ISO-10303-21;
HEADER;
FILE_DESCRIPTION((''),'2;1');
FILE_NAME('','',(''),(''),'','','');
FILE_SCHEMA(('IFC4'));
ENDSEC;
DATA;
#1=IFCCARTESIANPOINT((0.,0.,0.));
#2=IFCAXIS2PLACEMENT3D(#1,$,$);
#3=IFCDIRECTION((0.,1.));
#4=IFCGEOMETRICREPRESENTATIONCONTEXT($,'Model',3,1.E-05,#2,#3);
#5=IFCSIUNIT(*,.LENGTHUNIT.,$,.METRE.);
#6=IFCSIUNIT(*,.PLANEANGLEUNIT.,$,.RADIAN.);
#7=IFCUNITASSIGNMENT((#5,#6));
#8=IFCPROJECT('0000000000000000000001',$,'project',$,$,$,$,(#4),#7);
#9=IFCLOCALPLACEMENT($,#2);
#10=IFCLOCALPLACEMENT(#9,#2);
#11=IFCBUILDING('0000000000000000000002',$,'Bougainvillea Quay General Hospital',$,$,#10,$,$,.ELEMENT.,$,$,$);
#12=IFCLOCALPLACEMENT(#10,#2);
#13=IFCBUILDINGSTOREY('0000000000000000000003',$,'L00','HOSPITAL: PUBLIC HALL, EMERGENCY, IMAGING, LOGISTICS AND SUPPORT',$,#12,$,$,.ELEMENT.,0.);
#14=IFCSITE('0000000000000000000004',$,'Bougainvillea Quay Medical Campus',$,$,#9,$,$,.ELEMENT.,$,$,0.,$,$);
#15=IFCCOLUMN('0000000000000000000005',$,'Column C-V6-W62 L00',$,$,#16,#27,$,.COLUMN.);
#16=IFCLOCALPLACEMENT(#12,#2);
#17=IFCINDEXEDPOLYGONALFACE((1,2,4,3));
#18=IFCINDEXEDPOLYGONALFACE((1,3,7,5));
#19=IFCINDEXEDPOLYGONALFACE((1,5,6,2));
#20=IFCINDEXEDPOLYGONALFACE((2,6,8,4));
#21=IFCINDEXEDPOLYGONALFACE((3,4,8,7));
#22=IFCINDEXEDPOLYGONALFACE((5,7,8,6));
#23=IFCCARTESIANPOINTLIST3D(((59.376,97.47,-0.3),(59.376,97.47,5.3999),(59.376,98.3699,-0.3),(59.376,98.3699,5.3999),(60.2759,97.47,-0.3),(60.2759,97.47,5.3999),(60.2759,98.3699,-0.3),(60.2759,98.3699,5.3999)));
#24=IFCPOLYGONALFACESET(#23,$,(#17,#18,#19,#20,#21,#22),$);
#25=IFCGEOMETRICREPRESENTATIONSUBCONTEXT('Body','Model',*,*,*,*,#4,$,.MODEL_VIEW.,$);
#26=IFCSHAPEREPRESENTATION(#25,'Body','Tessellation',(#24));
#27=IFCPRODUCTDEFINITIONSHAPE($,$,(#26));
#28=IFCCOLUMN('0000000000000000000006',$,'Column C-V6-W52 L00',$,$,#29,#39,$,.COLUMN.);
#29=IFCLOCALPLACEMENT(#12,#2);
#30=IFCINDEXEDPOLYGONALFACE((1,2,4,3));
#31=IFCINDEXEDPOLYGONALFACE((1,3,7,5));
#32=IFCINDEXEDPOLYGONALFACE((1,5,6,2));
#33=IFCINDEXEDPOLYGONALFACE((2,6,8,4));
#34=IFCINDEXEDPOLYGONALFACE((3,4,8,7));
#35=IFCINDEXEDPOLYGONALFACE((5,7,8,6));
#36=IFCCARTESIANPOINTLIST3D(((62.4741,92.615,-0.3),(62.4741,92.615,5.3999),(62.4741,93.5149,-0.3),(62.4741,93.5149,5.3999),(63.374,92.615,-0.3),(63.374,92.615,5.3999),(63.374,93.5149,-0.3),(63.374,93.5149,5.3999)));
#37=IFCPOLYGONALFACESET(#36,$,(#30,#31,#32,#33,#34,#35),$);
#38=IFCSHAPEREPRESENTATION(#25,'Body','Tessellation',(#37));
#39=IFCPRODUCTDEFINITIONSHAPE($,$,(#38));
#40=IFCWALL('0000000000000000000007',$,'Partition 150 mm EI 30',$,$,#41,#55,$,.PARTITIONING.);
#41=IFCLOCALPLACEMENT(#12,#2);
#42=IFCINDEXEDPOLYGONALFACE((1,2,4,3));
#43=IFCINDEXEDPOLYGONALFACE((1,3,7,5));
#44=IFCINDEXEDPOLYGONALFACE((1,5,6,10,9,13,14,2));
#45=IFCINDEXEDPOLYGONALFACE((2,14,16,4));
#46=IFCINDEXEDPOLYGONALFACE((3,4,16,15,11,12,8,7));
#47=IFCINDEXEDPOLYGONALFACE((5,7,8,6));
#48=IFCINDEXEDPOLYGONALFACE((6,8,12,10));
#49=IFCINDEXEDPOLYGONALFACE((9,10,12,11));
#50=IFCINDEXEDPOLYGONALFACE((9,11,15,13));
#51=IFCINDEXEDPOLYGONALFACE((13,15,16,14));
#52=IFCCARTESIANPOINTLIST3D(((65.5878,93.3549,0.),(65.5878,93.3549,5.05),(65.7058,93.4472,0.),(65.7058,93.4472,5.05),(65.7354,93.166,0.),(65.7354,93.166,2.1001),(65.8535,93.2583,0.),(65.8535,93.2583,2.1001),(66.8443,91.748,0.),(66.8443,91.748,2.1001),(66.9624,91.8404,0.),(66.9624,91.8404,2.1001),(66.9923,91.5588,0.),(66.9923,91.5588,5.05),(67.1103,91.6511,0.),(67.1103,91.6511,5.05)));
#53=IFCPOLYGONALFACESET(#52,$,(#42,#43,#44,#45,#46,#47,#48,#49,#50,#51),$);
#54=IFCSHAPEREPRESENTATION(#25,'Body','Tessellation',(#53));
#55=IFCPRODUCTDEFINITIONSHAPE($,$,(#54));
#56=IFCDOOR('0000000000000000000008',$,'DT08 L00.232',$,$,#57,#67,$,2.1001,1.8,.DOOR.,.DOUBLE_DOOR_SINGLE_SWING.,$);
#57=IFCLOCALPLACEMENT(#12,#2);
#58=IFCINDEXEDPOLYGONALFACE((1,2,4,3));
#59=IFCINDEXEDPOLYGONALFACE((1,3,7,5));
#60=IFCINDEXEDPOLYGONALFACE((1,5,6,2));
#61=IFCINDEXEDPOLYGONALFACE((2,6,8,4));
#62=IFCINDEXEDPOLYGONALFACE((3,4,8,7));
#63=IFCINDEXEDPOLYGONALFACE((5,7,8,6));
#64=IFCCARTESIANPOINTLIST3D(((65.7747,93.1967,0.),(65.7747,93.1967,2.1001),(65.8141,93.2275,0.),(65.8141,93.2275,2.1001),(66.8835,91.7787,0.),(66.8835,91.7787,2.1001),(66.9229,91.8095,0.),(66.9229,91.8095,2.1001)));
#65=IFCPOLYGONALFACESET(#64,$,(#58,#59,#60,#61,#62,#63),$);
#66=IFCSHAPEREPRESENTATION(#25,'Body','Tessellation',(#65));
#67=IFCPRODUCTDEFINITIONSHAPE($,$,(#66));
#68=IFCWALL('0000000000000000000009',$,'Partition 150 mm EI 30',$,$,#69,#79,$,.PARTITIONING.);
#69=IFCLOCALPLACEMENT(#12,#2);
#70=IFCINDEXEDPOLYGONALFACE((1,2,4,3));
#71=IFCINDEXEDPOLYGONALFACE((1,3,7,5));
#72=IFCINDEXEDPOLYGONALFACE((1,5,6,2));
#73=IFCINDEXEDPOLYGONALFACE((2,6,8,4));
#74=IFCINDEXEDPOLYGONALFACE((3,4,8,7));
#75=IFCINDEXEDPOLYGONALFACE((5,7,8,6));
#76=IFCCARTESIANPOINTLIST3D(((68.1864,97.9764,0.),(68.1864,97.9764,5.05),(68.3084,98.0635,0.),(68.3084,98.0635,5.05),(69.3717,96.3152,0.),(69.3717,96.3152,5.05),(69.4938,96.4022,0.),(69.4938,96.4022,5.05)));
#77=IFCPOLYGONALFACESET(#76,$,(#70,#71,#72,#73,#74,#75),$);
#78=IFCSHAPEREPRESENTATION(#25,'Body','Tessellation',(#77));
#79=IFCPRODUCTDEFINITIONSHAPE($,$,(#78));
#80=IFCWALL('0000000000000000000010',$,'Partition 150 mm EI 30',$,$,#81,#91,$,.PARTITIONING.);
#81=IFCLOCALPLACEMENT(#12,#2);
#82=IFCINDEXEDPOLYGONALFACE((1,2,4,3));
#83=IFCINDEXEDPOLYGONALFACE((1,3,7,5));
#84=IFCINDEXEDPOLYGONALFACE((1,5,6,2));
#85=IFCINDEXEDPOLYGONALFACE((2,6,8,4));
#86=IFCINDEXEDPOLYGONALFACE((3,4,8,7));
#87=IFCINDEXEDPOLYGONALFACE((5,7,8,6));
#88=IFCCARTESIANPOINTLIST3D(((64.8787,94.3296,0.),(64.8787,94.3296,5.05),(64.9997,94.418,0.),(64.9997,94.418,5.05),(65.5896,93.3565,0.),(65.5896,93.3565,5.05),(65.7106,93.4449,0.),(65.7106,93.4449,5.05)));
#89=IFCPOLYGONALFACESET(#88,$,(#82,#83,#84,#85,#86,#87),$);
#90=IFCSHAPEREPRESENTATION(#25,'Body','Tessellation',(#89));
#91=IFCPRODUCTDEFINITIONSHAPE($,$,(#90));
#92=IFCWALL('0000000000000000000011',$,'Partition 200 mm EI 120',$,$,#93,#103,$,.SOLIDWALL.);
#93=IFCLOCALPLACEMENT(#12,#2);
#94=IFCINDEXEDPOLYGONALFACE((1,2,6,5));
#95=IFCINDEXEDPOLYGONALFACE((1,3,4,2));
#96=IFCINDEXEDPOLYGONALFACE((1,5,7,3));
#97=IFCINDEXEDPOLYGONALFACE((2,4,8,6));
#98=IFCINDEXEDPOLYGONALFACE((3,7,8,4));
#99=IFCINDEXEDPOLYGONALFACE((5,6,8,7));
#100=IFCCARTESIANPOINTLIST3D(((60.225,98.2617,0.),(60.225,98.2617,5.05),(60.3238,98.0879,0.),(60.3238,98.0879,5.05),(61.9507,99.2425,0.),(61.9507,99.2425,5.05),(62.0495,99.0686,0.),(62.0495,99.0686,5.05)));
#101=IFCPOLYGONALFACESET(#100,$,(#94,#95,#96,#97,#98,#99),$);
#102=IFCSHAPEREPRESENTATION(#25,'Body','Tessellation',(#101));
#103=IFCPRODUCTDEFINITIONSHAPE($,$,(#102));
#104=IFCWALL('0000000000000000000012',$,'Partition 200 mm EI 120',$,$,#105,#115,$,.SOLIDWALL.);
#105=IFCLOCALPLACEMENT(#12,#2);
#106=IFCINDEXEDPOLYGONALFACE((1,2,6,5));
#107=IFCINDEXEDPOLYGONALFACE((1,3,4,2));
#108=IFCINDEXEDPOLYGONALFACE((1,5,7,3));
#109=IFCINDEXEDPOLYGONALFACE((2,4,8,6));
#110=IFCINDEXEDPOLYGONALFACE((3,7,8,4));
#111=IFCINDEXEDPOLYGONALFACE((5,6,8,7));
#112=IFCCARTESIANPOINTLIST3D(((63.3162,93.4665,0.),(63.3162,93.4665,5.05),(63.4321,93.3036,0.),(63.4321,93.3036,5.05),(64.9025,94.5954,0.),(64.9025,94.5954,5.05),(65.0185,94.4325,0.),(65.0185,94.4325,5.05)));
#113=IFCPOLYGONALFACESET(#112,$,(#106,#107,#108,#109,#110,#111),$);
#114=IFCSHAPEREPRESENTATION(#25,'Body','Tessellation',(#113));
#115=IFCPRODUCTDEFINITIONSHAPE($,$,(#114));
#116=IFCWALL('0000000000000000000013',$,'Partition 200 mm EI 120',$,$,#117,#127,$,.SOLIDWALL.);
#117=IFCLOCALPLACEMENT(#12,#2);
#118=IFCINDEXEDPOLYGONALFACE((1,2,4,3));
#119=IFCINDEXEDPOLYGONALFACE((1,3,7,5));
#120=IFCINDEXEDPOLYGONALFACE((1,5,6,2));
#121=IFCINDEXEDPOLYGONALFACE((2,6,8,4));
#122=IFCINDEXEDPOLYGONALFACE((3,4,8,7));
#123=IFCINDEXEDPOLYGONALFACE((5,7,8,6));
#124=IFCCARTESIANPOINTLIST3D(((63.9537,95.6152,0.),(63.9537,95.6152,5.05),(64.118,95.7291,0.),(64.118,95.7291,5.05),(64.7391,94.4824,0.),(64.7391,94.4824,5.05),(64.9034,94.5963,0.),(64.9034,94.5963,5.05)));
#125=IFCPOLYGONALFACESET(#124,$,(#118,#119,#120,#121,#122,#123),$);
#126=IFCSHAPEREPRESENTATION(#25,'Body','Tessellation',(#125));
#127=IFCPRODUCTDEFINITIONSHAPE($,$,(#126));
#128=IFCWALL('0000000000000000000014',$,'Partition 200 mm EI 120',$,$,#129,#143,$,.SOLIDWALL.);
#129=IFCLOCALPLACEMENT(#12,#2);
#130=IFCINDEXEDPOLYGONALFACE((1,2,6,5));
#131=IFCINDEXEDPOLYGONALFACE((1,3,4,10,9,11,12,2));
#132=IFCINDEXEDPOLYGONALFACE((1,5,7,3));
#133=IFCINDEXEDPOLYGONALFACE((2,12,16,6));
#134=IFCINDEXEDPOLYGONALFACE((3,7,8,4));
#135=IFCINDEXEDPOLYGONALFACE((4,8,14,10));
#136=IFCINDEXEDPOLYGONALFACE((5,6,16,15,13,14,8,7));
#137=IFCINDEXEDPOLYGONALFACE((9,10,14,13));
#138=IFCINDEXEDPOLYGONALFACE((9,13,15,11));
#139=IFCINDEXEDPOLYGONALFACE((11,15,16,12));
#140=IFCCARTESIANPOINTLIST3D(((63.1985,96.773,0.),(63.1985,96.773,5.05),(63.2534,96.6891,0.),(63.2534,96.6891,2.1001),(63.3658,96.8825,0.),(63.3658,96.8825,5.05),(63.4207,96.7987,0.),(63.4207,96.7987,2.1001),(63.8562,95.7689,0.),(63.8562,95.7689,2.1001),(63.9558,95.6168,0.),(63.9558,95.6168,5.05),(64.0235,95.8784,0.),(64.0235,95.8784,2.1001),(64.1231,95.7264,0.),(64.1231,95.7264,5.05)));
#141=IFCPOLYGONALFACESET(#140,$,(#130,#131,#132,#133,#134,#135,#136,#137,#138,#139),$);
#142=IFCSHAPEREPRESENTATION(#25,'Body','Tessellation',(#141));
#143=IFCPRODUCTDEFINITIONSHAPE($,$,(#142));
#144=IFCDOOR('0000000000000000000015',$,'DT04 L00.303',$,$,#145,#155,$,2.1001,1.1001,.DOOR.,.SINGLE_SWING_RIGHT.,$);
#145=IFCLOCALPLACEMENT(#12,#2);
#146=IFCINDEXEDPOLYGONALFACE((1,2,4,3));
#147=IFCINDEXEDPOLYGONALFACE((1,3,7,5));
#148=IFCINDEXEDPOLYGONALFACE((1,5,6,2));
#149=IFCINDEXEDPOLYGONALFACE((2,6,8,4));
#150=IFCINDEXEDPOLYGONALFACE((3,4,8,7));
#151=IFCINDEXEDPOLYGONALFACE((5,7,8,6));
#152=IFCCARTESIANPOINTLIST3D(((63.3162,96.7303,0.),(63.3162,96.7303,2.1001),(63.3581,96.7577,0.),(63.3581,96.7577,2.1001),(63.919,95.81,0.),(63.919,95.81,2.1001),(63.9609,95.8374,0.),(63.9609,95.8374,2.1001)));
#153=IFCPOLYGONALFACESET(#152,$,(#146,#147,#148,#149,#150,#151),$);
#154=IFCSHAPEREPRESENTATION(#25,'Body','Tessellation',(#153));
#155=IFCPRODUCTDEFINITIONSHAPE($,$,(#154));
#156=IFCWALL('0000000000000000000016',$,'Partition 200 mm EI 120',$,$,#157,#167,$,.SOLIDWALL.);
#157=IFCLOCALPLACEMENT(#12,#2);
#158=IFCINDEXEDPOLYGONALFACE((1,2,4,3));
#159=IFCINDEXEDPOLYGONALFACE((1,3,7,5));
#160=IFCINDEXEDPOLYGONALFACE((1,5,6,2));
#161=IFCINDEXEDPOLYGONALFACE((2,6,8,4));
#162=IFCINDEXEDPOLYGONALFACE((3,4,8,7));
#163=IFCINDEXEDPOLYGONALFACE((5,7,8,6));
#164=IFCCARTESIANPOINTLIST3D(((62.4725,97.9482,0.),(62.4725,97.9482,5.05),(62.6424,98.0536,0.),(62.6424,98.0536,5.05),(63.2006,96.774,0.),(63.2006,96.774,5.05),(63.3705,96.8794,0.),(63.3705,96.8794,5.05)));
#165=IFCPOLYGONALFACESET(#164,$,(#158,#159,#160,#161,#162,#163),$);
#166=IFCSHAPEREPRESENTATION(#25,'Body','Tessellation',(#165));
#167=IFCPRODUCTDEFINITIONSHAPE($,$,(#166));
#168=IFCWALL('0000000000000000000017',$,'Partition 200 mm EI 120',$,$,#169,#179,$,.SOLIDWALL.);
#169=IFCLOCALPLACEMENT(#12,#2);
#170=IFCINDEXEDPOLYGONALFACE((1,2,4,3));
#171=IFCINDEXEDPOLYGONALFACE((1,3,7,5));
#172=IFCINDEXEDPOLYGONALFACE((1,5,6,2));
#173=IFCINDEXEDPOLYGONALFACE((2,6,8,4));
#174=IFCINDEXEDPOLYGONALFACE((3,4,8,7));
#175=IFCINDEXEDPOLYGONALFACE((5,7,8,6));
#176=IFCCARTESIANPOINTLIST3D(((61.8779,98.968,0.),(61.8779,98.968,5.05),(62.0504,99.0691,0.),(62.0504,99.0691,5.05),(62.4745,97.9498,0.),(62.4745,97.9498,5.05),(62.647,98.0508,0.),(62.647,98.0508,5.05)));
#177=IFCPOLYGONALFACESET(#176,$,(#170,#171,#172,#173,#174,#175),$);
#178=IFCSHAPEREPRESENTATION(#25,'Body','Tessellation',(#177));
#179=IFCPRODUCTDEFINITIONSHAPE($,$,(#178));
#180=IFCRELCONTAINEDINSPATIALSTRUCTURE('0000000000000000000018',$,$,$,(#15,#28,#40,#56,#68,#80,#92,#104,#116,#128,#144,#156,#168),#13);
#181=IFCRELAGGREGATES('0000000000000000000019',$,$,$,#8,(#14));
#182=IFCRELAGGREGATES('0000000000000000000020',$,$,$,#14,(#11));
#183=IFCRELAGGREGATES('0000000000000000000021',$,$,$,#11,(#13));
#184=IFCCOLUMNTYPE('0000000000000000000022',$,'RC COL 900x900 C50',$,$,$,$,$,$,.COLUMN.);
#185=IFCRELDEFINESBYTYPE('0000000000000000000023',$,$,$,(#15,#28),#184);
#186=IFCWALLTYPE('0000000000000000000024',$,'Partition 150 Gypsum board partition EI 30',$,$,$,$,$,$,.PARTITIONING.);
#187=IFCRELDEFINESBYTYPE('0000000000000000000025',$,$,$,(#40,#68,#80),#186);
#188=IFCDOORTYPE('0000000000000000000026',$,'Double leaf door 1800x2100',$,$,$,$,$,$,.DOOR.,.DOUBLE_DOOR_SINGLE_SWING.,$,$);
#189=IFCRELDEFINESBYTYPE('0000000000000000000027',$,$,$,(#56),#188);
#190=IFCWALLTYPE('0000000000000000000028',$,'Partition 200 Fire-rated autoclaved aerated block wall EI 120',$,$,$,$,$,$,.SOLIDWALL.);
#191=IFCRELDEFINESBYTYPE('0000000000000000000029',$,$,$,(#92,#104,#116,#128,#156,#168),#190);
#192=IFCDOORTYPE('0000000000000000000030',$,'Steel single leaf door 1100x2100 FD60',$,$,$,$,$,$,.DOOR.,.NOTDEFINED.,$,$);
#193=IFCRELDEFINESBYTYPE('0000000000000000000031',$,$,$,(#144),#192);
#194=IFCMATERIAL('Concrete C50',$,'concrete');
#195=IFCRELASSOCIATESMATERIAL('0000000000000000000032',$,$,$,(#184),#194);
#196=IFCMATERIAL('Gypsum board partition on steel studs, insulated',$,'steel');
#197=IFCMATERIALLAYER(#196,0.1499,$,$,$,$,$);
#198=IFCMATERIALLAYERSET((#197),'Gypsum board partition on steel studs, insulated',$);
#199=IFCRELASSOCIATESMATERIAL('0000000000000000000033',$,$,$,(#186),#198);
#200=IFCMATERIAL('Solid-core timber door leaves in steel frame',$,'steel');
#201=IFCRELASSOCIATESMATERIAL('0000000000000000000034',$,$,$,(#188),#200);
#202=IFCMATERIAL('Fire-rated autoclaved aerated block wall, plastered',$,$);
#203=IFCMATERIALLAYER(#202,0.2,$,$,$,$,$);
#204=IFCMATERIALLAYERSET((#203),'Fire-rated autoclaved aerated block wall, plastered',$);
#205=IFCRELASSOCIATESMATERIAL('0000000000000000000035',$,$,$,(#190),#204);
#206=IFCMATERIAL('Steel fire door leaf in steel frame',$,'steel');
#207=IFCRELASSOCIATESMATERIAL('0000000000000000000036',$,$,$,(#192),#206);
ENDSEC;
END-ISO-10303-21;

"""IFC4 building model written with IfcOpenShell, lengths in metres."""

from ifc_helpers import new_model, si_unit, direction, frame, frame_2d, origin, origin_2d, place, context, subcontext, project, spatial, rectangle, extrude, material, layer, layer_set, material_profile, profile_set, type_object, element, fill, save


model = new_model("IFC4")

# Units and contexts
model_context = context("Model", 3, precision=1e-05, world=origin(), true_north=direction((0.0, 1.0)))
body_context = subcontext(model_context, "Body", "Model", "MODEL_VIEW")
ifc_project = project(units=[si_unit("LENGTHUNIT", "METRE"), si_unit("PLANEANGLEUNIT", "RADIAN")], contexts=[model_context])

# Site, building, storey
site_placement = place(None, origin())
site = spatial("IfcSite", under=ifc_project, at=site_placement, Name="Bougainvillea Quay Medical Campus", CompositionType="ELEMENT", RefElevation=0.0)
building_placement = place(site_placement, origin())
building = spatial("IfcBuilding", under=site, at=building_placement, Name="Bougainvillea Quay General Hospital", CompositionType="ELEMENT")
storey_placement = place(building_placement, origin())
storey = spatial("IfcBuildingStorey", under=building, at=storey_placement, Name="L00", Description="HOSPITAL: PUBLIC HALL, EMERGENCY, IMAGING, LOGISTICS AND SUPPORT", CompositionType="ELEMENT", Elevation=0.0)

# Columns
ifc_material_1 = material(Name="Concrete C50", Category="concrete")
ifc_material_profile = material_profile(ifc_material_1, rectangle(XDim=0.8999, YDim=0.8999, at=origin_2d()))
ifc_profile_set = profile_set([ifc_material_profile], Name="Concrete C50")
column_type = type_object("IfcColumnType", Name="RC COL 900x900 C50", PredefinedType="COLUMN", material=ifc_profile_set)
for number, where, z_axis, x_axis, name in (
    (1, (59.8259, 97.9199, -0.3), (0.0, 0.0, 1.0), (1.0, 0.0, 0.0), "Column C-V6-W62 L00"),
    (2, (62.9241, 93.0649, -0.3), (0.0, 0.0, 1.0), (1.0, 0.0, 0.0), "Column C-V6-W52 L00"),
):
    element("IfcColumn", number, at=place(storey_placement, frame(where, z_axis=z_axis, x_axis=x_axis)), inside=storey, type_object=column_type, Name=name, PredefinedType="COLUMN", context=body_context, shape_type="SweptSolid", body=[
        extrude(rectangle(XDim=0.8999, YDim=0.8999, at=origin_2d()), origin(), (0.0, 0.0, 1.0), 5.7),
    ])

# Wall, opening, door
ifc_material_2 = material(Name="Gypsum board partition on steel studs, insulated", Category="steel")
ifc_layer_1 = layer(ifc_material_2, 0.1499)
ifc_layer_set_1 = layer_set([ifc_layer_1], Name="Gypsum board partition on steel studs, insulated")
wall_type_1 = type_object("IfcWallType", Name="Partition 150 Gypsum board partition EI 30", PredefinedType="PARTITIONING", material=ifc_layer_set_1)
wall_1_placement = place(storey_placement, frame((65.6467, 93.4011, 0.0), z_axis=(0.0, 0.0, 1.0), x_axis=(0.615999, -0.787747, 0.0)))
wall_1 = element("IfcWall", 3, at=wall_1_placement, inside=storey, type_object=wall_type_1, Name="Partition 150 mm EI 30", PredefinedType="PARTITIONING", context=body_context, shape_type="SweptSolid", body=[
    extrude(rectangle(XDim=2.28, YDim=0.1499, at=frame_2d((1.1401, 0.0))), origin(), (0.0, 0.0, 1.0), 5.05),
])
opening_1_placement = place(wall_1_placement, frame((0.24, 0.0, 0.0)))
opening_1 = element("IfcOpeningElement", 4, at=opening_1_placement, cuts=wall_1, PredefinedType="OPENING", context=body_context, shape_type="SweptSolid", body=[
    extrude(rectangle(XDim=1.8, YDim=2.1001, at=frame_2d((0.8999, 1.05))), frame((0.0, 0.085, 0.0), z_axis=(0.0, -1.0, 0.0), x_axis=(1.0, 0.0, 0.0)), (0.0, 0.0, 1.0), 0.1699),
])
ifc_material_3 = material(Name="Solid-core timber door leaves in steel frame", Category="steel")
door_type_1 = type_object("IfcDoorType", Name="Double leaf door 1800x2100", OperationType="DOUBLE_DOOR_SINGLE_SWING", PredefinedType="DOOR", material=ifc_material_3)
door_1_placement = place(opening_1_placement, origin())
door_1 = element("IfcDoor", 5, at=door_1_placement, inside=storey, type_object=door_type_1, Name="DT08 L00.232", OperationType="DOUBLE_DOOR_SINGLE_SWING", OverallHeight=2.1001, OverallWidth=1.8, PredefinedType="DOOR", context=body_context, shape_type="SweptSolid", body=[
    extrude(rectangle(XDim=1.8, YDim=2.1001, at=frame_2d((0.8999, 1.05))), frame((0.0, 0.0249, 0.0), z_axis=(0.0, -1.0, 0.0), x_axis=(1.0, 0.0, 0.0)), (0.0, 0.0, 1.0), 0.05),
])
fill(opening_1, door_1)

# Walls
wall_2_placement = place(storey_placement, frame((68.2473, 98.02, 0.0), z_axis=(0.0, 0.0, 1.0), x_axis=(0.580842, -0.814016, 0.0)))
element("IfcWall", 6, at=wall_2_placement, inside=storey, type_object=wall_type_1, Name="Partition 150 mm EI 30", PredefinedType="PARTITIONING", context=body_context, shape_type="SweptSolid", body=[
    extrude(rectangle(XDim=2.0408, YDim=0.1499, at=frame_2d((1.0205, 0.0))), origin(), (0.0, 0.0, 1.0), 5.05),
])
wall_3_placement = place(storey_placement, frame((64.9392, 94.3738, 0.0), z_axis=(0.0, 0.0, 1.0), x_axis=(0.589905, -0.807473, 0.0)))
element("IfcWall", 7, at=wall_3_placement, inside=storey, type_object=wall_type_1, Name="Partition 150 mm EI 30", PredefinedType="PARTITIONING", context=body_context, shape_type="SweptSolid", body=[
    extrude(rectangle(XDim=1.2051, YDim=0.1499, at=frame_2d((0.6025, 0.0))), origin(), (0.0, 0.0, 1.0), 5.05),
])
ifc_material_4 = material(Name="Fire-rated autoclaved aerated block wall, plastered")
ifc_layer_2 = layer(ifc_material_4, 0.2)
ifc_layer_set_2 = layer_set([ifc_layer_2], Name="Fire-rated autoclaved aerated block wall, plastered")
wall_type_2 = type_object("IfcWallType", Name="Partition 200 Fire-rated autoclaved aerated block wall EI 120", PredefinedType="SOLIDWALL", material=ifc_layer_set_2)
wall_4_placement = place(storey_placement, frame((60.2744, 98.1748, 0.0), z_axis=(0.0, 0.0, 1.0), x_axis=(0.869399, 0.494111, 0.0)))
element("IfcWall", 8, at=wall_4_placement, inside=storey, type_object=wall_type_2, Name="Partition 200 mm EI 120", PredefinedType="SOLIDWALL", context=body_context, shape_type="SweptSolid", body=[
    extrude(rectangle(XDim=1.9849, YDim=0.2, at=frame_2d((0.9924, 0.0))), origin(), (0.0, 0.0, 1.0), 5.05),
])
wall_5_placement = place(storey_placement, frame((63.374, 93.385, 0.0), z_axis=(0.0, 0.0, 1.0), x_axis=(0.814766, 0.57979, 0.0)))
element("IfcWall", 9, at=wall_5_placement, inside=storey, type_object=wall_type_2, Name="Partition 200 mm EI 120", PredefinedType="SOLIDWALL", context=body_context, shape_type="SweptSolid", body=[
    extrude(rectangle(XDim=1.947, YDim=0.2, at=frame_2d((0.9736, 0.0))), origin(), (0.0, 0.0, 1.0), 5.05),
])
wall_6_placement = place(storey_placement, frame((64.0359, 95.6721, 0.0), z_axis=(0.0, 0.0, 1.0), x_axis=(0.569772, -0.821803, 0.0)))
element("IfcWall", 10, at=wall_6_placement, inside=storey, type_object=wall_type_2, Name="Partition 200 mm EI 120", PredefinedType="SOLIDWALL", context=body_context, shape_type="SweptSolid", body=[
    extrude(rectangle(XDim=1.3784, YDim=0.2, at=frame_2d((0.6892, 0.0))), origin(), (0.0, 0.0, 1.0), 5.05),
])

# Wall, opening, door
wall_7_placement = place(storey_placement, frame((63.2822, 96.8276, 0.0), z_axis=(0.0, 0.0, 1.0), x_axis=(0.547915, -0.836534, 0.0)))
wall_7 = element("IfcWall", 11, at=wall_7_placement, inside=storey, type_object=wall_type_2, Name="Partition 200 mm EI 120", PredefinedType="SOLIDWALL", context=body_context, shape_type="SweptSolid", body=[
    extrude(rectangle(XDim=1.3821, YDim=0.2, at=frame_2d((0.6909, 0.0))), origin(), (0.0, 0.0, 1.0), 5.05),
])
opening_2_placement = place(wall_7_placement, frame((0.1001, 0.0, 0.0)))
opening_2 = element("IfcOpeningElement", 12, at=opening_2_placement, cuts=wall_7, PredefinedType="OPENING", context=body_context, shape_type="SweptSolid", body=[
    extrude(rectangle(XDim=1.1001, YDim=2.1001, at=frame_2d((0.55, 1.05))), frame((0.0, 0.1099, 0.0), z_axis=(0.0, -1.0, 0.0), x_axis=(1.0, 0.0, 0.0)), (0.0, 0.0, 1.0), 0.22),
])
ifc_material_5 = material(Name="Steel fire door leaf in steel frame", Category="steel")
door_type_2 = type_object("IfcDoorType", Name="Steel single leaf door 1100x2100 FD60", OperationType="NOTDEFINED", PredefinedType="DOOR", material=ifc_material_5)
door_2_placement = place(opening_2_placement, frame((1.1001, 0.0, 0.0), z_axis=(0.0, 0.0, 1.0), x_axis=(-1.0, 0.0, 0.0)))
door_2 = element("IfcDoor", 13, at=door_2_placement, inside=storey, type_object=door_type_2, Name="DT04 L00.303", OperationType="SINGLE_SWING_RIGHT", OverallHeight=2.1001, OverallWidth=1.1001, PredefinedType="DOOR", context=body_context, shape_type="SweptSolid", body=[
    extrude(rectangle(XDim=1.1001, YDim=2.1001, at=frame_2d((0.55, 1.05))), frame((0.0, 0.0249, 0.0), z_axis=(0.0, -1.0, 0.0), x_axis=(1.0, 0.0, 0.0)), (0.0, 0.0, 1.0), 0.05),
])
fill(opening_2, door_2)

# Walls
wall_8_placement = place(storey_placement, frame((62.5574, 98.001, 0.0), z_axis=(0.0, 0.0, 1.0), x_axis=(0.526993, -0.849869, 0.0)))
element("IfcWall", 14, at=wall_8_placement, inside=storey, type_object=wall_type_2, Name="Partition 200 mm EI 120", PredefinedType="SOLIDWALL", context=body_context, shape_type="SweptSolid", body=[
    extrude(rectangle(XDim=1.3816, YDim=0.2, at=frame_2d((0.6909, 0.0))), origin(), (0.0, 0.0, 1.0), 5.05),
])
wall_9_placement = place(storey_placement, frame((61.9641, 99.0186, 0.0), z_axis=(0.0, 0.0, 1.0), x_axis=(0.505555, -0.862794, 0.0)))
element("IfcWall", 15, at=wall_9_placement, inside=storey, type_object=wall_type_2, Name="Partition 200 mm EI 120", PredefinedType="SOLIDWALL", context=body_context, shape_type="SweptSolid", body=[
    extrude(rectangle(XDim=1.1802, YDim=0.2, at=frame_2d((0.5901, 0.0))), origin(), (0.0, 0.0, 1.0), 5.05),
])

save(model, "model.ifc")
